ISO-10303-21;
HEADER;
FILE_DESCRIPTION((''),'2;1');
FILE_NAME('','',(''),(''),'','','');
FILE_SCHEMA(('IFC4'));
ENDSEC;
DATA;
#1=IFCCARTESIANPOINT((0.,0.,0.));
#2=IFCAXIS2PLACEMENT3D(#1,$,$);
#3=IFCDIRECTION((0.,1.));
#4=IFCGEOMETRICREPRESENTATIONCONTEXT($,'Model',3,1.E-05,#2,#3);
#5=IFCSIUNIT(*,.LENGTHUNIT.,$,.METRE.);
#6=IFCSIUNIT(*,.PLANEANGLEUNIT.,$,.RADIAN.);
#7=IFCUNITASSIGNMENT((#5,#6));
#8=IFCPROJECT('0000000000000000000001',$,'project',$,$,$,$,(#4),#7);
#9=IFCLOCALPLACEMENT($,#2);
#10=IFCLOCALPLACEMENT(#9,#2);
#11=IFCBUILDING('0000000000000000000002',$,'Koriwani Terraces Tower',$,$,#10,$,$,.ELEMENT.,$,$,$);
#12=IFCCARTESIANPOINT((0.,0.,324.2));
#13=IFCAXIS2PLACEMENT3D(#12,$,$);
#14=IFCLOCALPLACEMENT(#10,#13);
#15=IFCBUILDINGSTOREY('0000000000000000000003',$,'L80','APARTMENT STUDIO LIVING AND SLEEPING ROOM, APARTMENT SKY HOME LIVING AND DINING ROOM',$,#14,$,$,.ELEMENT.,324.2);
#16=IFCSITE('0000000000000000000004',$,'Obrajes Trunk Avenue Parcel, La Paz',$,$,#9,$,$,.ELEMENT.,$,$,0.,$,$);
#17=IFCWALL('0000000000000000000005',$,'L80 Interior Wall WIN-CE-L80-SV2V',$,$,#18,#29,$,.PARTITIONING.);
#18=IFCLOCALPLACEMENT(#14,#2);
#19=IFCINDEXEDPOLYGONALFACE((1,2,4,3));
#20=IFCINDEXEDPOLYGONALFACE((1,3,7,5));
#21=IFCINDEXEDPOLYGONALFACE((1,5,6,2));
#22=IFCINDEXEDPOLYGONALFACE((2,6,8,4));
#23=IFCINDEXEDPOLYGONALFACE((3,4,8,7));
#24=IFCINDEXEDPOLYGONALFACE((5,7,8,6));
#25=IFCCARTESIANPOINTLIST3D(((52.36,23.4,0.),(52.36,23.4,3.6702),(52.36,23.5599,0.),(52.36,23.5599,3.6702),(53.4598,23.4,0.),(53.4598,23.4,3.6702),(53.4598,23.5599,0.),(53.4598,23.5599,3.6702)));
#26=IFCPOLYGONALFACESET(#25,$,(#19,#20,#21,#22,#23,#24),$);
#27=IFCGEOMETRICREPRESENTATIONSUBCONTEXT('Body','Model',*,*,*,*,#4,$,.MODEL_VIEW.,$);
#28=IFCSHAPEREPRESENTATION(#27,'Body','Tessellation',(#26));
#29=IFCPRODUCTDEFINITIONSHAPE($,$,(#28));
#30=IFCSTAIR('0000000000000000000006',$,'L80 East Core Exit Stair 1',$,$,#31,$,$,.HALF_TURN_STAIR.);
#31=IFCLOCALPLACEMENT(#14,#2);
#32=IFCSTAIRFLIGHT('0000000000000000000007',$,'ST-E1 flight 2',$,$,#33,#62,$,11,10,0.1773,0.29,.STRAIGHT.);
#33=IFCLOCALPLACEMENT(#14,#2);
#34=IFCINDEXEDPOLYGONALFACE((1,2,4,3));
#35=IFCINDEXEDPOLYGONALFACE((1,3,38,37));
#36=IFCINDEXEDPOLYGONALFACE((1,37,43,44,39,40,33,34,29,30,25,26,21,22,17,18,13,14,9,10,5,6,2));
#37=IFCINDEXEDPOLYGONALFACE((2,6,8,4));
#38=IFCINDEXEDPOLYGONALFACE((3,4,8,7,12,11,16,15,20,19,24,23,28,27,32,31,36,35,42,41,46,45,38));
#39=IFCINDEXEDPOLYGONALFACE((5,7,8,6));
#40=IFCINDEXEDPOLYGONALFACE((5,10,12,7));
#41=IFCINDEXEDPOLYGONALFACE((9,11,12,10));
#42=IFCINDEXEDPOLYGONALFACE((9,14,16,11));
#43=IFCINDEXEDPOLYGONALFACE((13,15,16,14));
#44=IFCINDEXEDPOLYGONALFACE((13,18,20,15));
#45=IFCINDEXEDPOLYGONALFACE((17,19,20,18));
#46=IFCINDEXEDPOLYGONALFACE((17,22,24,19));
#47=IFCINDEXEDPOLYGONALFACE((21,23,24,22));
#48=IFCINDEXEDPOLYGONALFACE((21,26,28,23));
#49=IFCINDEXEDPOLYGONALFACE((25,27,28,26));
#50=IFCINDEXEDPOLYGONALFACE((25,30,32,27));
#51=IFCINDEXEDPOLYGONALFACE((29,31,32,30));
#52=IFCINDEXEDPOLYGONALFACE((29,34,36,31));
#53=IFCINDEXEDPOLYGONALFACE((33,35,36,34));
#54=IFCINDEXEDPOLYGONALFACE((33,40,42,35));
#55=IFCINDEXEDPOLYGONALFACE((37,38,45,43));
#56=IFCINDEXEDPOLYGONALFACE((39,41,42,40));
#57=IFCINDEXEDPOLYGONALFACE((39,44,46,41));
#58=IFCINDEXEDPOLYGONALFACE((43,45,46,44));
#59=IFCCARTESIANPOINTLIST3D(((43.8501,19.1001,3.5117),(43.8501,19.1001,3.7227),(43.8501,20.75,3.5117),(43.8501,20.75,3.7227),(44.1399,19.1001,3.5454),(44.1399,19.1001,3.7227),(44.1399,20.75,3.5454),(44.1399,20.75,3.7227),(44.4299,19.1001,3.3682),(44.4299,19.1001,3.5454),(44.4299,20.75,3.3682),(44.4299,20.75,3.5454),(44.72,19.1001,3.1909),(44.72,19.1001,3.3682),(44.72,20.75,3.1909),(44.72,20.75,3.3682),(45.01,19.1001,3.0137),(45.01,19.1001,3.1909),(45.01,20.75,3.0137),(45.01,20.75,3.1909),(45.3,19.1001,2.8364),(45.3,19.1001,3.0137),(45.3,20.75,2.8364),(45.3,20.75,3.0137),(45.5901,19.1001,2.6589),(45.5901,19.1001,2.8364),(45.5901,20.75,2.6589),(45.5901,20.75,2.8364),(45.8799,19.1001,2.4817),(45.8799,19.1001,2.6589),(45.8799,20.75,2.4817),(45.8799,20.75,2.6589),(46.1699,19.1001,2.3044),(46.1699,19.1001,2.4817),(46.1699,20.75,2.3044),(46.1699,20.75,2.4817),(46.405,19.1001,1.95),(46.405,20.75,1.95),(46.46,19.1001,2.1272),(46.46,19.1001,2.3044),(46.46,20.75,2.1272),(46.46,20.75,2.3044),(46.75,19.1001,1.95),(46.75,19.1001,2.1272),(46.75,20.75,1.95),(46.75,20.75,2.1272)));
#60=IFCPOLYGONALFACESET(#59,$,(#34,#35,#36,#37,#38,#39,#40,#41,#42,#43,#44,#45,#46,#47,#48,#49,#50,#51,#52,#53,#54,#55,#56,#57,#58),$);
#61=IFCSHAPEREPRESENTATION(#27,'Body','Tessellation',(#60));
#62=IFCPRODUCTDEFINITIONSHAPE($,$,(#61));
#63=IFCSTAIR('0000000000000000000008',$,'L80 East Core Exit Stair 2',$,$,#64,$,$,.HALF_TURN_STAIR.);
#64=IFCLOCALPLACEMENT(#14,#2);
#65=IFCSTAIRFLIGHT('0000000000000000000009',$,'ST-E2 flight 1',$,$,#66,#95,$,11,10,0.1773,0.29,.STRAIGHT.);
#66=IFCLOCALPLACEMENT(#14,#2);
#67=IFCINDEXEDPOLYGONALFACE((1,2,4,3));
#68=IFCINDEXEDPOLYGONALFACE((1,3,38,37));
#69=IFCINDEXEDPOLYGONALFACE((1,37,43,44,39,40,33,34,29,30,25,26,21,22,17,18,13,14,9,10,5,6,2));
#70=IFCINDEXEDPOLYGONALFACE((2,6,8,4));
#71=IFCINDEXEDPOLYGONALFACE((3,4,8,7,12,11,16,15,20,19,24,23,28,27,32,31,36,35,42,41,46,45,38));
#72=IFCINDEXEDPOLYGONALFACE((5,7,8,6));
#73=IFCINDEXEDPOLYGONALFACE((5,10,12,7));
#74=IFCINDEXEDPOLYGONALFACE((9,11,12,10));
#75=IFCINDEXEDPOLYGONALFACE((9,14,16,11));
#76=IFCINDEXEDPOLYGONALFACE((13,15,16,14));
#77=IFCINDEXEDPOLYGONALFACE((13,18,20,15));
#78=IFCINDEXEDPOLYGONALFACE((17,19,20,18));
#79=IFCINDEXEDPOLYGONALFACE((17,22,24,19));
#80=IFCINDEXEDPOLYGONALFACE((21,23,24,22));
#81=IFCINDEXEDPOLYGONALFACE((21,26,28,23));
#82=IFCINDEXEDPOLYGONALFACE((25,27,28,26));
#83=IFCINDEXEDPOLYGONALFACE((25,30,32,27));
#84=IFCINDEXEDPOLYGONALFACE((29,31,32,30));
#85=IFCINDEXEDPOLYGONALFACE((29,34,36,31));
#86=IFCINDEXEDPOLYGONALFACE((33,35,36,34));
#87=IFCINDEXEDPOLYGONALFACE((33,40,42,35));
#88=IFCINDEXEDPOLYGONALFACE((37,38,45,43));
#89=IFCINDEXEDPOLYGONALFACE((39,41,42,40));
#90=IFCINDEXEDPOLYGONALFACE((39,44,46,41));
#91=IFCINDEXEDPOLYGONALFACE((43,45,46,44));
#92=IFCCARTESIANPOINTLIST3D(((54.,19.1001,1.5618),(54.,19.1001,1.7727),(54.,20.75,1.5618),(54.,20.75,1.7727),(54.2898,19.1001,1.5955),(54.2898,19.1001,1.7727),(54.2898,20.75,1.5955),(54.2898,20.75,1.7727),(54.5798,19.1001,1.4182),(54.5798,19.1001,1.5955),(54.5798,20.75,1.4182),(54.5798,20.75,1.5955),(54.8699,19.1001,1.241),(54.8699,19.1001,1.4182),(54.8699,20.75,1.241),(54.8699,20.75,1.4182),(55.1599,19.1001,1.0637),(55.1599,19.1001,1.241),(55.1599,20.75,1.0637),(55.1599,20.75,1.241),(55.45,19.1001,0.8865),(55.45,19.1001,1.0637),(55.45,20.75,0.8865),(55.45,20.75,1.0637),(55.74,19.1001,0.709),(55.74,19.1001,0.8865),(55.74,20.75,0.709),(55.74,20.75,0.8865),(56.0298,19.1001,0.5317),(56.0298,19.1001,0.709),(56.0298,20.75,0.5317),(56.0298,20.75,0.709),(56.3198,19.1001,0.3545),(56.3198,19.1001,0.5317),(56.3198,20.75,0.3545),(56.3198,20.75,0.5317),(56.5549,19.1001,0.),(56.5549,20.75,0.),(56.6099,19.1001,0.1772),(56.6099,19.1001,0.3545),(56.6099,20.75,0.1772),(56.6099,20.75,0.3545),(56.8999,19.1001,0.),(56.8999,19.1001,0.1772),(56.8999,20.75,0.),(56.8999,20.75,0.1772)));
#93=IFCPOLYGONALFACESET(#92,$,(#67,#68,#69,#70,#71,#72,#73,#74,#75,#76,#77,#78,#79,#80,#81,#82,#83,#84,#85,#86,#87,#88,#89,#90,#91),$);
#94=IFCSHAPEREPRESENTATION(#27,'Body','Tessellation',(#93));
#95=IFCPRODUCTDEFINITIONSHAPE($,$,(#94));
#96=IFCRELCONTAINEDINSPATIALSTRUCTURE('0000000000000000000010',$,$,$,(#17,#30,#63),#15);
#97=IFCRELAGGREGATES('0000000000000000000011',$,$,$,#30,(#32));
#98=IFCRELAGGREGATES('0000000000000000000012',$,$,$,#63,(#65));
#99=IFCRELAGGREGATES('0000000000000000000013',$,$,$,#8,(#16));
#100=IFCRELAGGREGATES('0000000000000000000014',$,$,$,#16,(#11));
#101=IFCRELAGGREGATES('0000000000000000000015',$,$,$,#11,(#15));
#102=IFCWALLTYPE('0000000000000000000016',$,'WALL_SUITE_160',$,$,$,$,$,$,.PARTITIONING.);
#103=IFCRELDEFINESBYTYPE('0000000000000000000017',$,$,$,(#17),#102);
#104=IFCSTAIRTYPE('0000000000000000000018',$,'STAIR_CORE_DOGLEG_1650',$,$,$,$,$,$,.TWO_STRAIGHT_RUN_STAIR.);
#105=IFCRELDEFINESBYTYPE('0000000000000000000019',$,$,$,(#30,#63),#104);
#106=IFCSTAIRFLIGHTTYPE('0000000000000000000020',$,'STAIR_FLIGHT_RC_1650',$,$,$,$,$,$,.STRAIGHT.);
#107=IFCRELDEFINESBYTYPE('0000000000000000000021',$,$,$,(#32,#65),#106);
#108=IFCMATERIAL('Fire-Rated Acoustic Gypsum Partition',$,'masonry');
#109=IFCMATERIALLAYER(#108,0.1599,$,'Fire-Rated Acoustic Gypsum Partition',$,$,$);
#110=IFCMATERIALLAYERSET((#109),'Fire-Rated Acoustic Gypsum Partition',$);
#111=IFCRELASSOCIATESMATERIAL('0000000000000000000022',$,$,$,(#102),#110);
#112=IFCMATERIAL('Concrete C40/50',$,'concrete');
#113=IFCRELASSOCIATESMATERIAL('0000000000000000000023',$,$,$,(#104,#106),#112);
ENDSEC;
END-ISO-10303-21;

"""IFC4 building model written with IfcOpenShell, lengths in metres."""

from ifc_helpers import new_model, si_unit, direction, frame, frame_2d, origin, place, context, subcontext, project, spatial, polyline, rectangle, outline, extrude, material, layer, layer_set, type_object, element, aggregate, save


model = new_model("IFC4")

# Units and contexts
model_context = context("Model", 3, precision=1e-05, world=origin(), true_north=direction((0.0, 1.0)))
body_context = subcontext(model_context, "Body", "Model", "MODEL_VIEW")
ifc_project = project(units=[si_unit("LENGTHUNIT", "METRE"), si_unit("PLANEANGLEUNIT", "RADIAN")], contexts=[model_context])

# Site, building, storey
site_placement = place(None, origin())
site = spatial("IfcSite", under=ifc_project, at=site_placement, Name="Obrajes Trunk Avenue Parcel, La Paz", CompositionType="ELEMENT", RefElevation=0.0)
building_placement = place(site_placement, origin())
building = spatial("IfcBuilding", under=site, at=building_placement, Name="Koriwani Terraces Tower", CompositionType="ELEMENT")
storey_placement = place(building_placement, frame((0.0, 0.0, 324.2)))
storey = spatial("IfcBuildingStorey", under=building, at=storey_placement, Name="L80", Description="APARTMENT STUDIO LIVING AND SLEEPING ROOM, APARTMENT SKY HOME LIVING AND DINING ROOM", CompositionType="ELEMENT", Elevation=324.2)

# Shared definitions
ifc_material_1 = material(Name="Concrete C40/50", Category="concrete")

# Shared definitions
ifc_material_2 = material(Name="Fire-Rated Acoustic Gypsum Partition", Category="masonry")
ifc_layer_1 = layer(ifc_material_2, 0.1599, Name="Fire-Rated Acoustic Gypsum Partition")
ifc_layer_set_1 = layer_set([ifc_layer_1], Name="Fire-Rated Acoustic Gypsum Partition")
wall_type_1 = type_object("IfcWallType", Name="WALL_SUITE_160", PredefinedType="PARTITIONING", material=ifc_layer_set_1)

# Wall
wall_1_placement = place(storey_placement, frame((52.3601, 23.48, 0.0), z_axis=(0.0, 0.0, 1.0), x_axis=(1.0, 0.0, 0.0)))
element("IfcWall", 1, at=wall_1_placement, inside=storey, type_object=wall_type_1, Name="L80 Interior Wall WIN-CE-L80-SV2V", PredefinedType="PARTITIONING", context=body_context, shape_type="SweptSolid", body=[
    extrude(rectangle(XDim=1.0999, YDim=0.1599, at=frame_2d((0.5498, 0.0))), origin(), (0.0, 0.0, 1.0), 3.6702),
])

# Stairs, stair flights
stair_type = type_object("IfcStairType", Name="STAIR_CORE_DOGLEG_1650", PredefinedType="TWO_STRAIGHT_RUN_STAIR", material=ifc_material_1)
stair_1_placement = place(storey_placement, origin())
stair_1 = element("IfcStair", 2, at=stair_1_placement, inside=storey, type_object=stair_type, Name="L80 East Core Exit Stair 1", PredefinedType="HALF_TURN_STAIR")
stair_flight_type = type_object("IfcStairFlightType", Name="STAIR_FLIGHT_RC_1650", PredefinedType="STRAIGHT", material=ifc_material_1)
stair_flight_1_placement = place(storey_placement, frame((46.75, 19.925, 1.95), z_axis=(0.0, 0.0, 1.0), x_axis=(-1.0, 0.0, 0.0)))
stair_flight_1 = element("IfcStairFlight", 3, at=stair_flight_1_placement, type_object=stair_flight_type, Name="ST-E1 flight 2", NumberOfRisers=11, NumberOfTreads=10, PredefinedType="STRAIGHT", RiserHeight=0.1773, TreadLength=0.29, context=body_context, shape_type="SweptSolid", body=[
    extrude(outline(polyline([(0.0, 0.0), (0.0, 0.1772), (0.29, 0.1772), (0.29, 0.3545), (0.5801, 0.3545), (0.5801, 0.5317), (0.8701, 0.5317), (0.8701, 0.709), (1.1599, 0.709), (1.1599, 0.8865), (1.45, 0.8865), (1.45, 1.0637), (1.74, 1.0637), (1.74, 1.241), (2.03, 1.241), (2.03, 1.4182), (2.3201, 1.4182), (2.3201, 1.5955), (2.6101, 1.5955), (2.6101, 1.7727), (2.8999, 1.7727), (2.8999, 1.95), (2.8999, 1.5618), (0.345, 0.0), (0.0, 0.0)])), frame((0.0, 0.825, 0.0), z_axis=(0.0, -1.0, 0.0), x_axis=(1.0, 0.0, 0.0)), (0.0, 0.0, 1.0), 1.6499),
])
aggregate(stair_1, [stair_flight_1])
stair_2_placement = place(storey_placement, origin())
stair_2 = element("IfcStair", 4, at=stair_2_placement, inside=storey, type_object=stair_type, Name="L80 East Core Exit Stair 2", PredefinedType="HALF_TURN_STAIR")
stair_flight_2_placement = place(storey_placement, frame((56.8999, 19.925, 0.0), z_axis=(0.0, 0.0, 1.0), x_axis=(-1.0, 0.0, 0.0)))
stair_flight_2 = element("IfcStairFlight", 5, at=stair_flight_2_placement, type_object=stair_flight_type, Name="ST-E2 flight 1", NumberOfRisers=11, NumberOfTreads=10, PredefinedType="STRAIGHT", RiserHeight=0.1773, TreadLength=0.29, context=body_context, shape_type="SweptSolid", body=[
    extrude(outline(polyline([(0.0, 0.0), (0.0, 0.1772), (0.29, 0.1772), (0.29, 0.3545), (0.5801, 0.3545), (0.5801, 0.5317), (0.8701, 0.5317), (0.8701, 0.709), (1.1599, 0.709), (1.1599, 0.8865), (1.45, 0.8865), (1.45, 1.0637), (1.74, 1.0637), (1.74, 1.241), (2.03, 1.241), (2.03, 1.4182), (2.3201, 1.4182), (2.3201, 1.5955), (2.6101, 1.5955), (2.6101, 1.7727), (2.8999, 1.7727), (2.8999, 1.95), (2.8999, 1.5618), (0.345, 0.0), (0.0, 0.0)])), frame((0.0, 0.825, 0.0), z_axis=(0.0, -1.0, 0.0), x_axis=(1.0, 0.0, 0.0)), (0.0, 0.0, 1.0), 1.6499),
])
aggregate(stair_2, [stair_flight_2])

save(model, "model.ifc")
